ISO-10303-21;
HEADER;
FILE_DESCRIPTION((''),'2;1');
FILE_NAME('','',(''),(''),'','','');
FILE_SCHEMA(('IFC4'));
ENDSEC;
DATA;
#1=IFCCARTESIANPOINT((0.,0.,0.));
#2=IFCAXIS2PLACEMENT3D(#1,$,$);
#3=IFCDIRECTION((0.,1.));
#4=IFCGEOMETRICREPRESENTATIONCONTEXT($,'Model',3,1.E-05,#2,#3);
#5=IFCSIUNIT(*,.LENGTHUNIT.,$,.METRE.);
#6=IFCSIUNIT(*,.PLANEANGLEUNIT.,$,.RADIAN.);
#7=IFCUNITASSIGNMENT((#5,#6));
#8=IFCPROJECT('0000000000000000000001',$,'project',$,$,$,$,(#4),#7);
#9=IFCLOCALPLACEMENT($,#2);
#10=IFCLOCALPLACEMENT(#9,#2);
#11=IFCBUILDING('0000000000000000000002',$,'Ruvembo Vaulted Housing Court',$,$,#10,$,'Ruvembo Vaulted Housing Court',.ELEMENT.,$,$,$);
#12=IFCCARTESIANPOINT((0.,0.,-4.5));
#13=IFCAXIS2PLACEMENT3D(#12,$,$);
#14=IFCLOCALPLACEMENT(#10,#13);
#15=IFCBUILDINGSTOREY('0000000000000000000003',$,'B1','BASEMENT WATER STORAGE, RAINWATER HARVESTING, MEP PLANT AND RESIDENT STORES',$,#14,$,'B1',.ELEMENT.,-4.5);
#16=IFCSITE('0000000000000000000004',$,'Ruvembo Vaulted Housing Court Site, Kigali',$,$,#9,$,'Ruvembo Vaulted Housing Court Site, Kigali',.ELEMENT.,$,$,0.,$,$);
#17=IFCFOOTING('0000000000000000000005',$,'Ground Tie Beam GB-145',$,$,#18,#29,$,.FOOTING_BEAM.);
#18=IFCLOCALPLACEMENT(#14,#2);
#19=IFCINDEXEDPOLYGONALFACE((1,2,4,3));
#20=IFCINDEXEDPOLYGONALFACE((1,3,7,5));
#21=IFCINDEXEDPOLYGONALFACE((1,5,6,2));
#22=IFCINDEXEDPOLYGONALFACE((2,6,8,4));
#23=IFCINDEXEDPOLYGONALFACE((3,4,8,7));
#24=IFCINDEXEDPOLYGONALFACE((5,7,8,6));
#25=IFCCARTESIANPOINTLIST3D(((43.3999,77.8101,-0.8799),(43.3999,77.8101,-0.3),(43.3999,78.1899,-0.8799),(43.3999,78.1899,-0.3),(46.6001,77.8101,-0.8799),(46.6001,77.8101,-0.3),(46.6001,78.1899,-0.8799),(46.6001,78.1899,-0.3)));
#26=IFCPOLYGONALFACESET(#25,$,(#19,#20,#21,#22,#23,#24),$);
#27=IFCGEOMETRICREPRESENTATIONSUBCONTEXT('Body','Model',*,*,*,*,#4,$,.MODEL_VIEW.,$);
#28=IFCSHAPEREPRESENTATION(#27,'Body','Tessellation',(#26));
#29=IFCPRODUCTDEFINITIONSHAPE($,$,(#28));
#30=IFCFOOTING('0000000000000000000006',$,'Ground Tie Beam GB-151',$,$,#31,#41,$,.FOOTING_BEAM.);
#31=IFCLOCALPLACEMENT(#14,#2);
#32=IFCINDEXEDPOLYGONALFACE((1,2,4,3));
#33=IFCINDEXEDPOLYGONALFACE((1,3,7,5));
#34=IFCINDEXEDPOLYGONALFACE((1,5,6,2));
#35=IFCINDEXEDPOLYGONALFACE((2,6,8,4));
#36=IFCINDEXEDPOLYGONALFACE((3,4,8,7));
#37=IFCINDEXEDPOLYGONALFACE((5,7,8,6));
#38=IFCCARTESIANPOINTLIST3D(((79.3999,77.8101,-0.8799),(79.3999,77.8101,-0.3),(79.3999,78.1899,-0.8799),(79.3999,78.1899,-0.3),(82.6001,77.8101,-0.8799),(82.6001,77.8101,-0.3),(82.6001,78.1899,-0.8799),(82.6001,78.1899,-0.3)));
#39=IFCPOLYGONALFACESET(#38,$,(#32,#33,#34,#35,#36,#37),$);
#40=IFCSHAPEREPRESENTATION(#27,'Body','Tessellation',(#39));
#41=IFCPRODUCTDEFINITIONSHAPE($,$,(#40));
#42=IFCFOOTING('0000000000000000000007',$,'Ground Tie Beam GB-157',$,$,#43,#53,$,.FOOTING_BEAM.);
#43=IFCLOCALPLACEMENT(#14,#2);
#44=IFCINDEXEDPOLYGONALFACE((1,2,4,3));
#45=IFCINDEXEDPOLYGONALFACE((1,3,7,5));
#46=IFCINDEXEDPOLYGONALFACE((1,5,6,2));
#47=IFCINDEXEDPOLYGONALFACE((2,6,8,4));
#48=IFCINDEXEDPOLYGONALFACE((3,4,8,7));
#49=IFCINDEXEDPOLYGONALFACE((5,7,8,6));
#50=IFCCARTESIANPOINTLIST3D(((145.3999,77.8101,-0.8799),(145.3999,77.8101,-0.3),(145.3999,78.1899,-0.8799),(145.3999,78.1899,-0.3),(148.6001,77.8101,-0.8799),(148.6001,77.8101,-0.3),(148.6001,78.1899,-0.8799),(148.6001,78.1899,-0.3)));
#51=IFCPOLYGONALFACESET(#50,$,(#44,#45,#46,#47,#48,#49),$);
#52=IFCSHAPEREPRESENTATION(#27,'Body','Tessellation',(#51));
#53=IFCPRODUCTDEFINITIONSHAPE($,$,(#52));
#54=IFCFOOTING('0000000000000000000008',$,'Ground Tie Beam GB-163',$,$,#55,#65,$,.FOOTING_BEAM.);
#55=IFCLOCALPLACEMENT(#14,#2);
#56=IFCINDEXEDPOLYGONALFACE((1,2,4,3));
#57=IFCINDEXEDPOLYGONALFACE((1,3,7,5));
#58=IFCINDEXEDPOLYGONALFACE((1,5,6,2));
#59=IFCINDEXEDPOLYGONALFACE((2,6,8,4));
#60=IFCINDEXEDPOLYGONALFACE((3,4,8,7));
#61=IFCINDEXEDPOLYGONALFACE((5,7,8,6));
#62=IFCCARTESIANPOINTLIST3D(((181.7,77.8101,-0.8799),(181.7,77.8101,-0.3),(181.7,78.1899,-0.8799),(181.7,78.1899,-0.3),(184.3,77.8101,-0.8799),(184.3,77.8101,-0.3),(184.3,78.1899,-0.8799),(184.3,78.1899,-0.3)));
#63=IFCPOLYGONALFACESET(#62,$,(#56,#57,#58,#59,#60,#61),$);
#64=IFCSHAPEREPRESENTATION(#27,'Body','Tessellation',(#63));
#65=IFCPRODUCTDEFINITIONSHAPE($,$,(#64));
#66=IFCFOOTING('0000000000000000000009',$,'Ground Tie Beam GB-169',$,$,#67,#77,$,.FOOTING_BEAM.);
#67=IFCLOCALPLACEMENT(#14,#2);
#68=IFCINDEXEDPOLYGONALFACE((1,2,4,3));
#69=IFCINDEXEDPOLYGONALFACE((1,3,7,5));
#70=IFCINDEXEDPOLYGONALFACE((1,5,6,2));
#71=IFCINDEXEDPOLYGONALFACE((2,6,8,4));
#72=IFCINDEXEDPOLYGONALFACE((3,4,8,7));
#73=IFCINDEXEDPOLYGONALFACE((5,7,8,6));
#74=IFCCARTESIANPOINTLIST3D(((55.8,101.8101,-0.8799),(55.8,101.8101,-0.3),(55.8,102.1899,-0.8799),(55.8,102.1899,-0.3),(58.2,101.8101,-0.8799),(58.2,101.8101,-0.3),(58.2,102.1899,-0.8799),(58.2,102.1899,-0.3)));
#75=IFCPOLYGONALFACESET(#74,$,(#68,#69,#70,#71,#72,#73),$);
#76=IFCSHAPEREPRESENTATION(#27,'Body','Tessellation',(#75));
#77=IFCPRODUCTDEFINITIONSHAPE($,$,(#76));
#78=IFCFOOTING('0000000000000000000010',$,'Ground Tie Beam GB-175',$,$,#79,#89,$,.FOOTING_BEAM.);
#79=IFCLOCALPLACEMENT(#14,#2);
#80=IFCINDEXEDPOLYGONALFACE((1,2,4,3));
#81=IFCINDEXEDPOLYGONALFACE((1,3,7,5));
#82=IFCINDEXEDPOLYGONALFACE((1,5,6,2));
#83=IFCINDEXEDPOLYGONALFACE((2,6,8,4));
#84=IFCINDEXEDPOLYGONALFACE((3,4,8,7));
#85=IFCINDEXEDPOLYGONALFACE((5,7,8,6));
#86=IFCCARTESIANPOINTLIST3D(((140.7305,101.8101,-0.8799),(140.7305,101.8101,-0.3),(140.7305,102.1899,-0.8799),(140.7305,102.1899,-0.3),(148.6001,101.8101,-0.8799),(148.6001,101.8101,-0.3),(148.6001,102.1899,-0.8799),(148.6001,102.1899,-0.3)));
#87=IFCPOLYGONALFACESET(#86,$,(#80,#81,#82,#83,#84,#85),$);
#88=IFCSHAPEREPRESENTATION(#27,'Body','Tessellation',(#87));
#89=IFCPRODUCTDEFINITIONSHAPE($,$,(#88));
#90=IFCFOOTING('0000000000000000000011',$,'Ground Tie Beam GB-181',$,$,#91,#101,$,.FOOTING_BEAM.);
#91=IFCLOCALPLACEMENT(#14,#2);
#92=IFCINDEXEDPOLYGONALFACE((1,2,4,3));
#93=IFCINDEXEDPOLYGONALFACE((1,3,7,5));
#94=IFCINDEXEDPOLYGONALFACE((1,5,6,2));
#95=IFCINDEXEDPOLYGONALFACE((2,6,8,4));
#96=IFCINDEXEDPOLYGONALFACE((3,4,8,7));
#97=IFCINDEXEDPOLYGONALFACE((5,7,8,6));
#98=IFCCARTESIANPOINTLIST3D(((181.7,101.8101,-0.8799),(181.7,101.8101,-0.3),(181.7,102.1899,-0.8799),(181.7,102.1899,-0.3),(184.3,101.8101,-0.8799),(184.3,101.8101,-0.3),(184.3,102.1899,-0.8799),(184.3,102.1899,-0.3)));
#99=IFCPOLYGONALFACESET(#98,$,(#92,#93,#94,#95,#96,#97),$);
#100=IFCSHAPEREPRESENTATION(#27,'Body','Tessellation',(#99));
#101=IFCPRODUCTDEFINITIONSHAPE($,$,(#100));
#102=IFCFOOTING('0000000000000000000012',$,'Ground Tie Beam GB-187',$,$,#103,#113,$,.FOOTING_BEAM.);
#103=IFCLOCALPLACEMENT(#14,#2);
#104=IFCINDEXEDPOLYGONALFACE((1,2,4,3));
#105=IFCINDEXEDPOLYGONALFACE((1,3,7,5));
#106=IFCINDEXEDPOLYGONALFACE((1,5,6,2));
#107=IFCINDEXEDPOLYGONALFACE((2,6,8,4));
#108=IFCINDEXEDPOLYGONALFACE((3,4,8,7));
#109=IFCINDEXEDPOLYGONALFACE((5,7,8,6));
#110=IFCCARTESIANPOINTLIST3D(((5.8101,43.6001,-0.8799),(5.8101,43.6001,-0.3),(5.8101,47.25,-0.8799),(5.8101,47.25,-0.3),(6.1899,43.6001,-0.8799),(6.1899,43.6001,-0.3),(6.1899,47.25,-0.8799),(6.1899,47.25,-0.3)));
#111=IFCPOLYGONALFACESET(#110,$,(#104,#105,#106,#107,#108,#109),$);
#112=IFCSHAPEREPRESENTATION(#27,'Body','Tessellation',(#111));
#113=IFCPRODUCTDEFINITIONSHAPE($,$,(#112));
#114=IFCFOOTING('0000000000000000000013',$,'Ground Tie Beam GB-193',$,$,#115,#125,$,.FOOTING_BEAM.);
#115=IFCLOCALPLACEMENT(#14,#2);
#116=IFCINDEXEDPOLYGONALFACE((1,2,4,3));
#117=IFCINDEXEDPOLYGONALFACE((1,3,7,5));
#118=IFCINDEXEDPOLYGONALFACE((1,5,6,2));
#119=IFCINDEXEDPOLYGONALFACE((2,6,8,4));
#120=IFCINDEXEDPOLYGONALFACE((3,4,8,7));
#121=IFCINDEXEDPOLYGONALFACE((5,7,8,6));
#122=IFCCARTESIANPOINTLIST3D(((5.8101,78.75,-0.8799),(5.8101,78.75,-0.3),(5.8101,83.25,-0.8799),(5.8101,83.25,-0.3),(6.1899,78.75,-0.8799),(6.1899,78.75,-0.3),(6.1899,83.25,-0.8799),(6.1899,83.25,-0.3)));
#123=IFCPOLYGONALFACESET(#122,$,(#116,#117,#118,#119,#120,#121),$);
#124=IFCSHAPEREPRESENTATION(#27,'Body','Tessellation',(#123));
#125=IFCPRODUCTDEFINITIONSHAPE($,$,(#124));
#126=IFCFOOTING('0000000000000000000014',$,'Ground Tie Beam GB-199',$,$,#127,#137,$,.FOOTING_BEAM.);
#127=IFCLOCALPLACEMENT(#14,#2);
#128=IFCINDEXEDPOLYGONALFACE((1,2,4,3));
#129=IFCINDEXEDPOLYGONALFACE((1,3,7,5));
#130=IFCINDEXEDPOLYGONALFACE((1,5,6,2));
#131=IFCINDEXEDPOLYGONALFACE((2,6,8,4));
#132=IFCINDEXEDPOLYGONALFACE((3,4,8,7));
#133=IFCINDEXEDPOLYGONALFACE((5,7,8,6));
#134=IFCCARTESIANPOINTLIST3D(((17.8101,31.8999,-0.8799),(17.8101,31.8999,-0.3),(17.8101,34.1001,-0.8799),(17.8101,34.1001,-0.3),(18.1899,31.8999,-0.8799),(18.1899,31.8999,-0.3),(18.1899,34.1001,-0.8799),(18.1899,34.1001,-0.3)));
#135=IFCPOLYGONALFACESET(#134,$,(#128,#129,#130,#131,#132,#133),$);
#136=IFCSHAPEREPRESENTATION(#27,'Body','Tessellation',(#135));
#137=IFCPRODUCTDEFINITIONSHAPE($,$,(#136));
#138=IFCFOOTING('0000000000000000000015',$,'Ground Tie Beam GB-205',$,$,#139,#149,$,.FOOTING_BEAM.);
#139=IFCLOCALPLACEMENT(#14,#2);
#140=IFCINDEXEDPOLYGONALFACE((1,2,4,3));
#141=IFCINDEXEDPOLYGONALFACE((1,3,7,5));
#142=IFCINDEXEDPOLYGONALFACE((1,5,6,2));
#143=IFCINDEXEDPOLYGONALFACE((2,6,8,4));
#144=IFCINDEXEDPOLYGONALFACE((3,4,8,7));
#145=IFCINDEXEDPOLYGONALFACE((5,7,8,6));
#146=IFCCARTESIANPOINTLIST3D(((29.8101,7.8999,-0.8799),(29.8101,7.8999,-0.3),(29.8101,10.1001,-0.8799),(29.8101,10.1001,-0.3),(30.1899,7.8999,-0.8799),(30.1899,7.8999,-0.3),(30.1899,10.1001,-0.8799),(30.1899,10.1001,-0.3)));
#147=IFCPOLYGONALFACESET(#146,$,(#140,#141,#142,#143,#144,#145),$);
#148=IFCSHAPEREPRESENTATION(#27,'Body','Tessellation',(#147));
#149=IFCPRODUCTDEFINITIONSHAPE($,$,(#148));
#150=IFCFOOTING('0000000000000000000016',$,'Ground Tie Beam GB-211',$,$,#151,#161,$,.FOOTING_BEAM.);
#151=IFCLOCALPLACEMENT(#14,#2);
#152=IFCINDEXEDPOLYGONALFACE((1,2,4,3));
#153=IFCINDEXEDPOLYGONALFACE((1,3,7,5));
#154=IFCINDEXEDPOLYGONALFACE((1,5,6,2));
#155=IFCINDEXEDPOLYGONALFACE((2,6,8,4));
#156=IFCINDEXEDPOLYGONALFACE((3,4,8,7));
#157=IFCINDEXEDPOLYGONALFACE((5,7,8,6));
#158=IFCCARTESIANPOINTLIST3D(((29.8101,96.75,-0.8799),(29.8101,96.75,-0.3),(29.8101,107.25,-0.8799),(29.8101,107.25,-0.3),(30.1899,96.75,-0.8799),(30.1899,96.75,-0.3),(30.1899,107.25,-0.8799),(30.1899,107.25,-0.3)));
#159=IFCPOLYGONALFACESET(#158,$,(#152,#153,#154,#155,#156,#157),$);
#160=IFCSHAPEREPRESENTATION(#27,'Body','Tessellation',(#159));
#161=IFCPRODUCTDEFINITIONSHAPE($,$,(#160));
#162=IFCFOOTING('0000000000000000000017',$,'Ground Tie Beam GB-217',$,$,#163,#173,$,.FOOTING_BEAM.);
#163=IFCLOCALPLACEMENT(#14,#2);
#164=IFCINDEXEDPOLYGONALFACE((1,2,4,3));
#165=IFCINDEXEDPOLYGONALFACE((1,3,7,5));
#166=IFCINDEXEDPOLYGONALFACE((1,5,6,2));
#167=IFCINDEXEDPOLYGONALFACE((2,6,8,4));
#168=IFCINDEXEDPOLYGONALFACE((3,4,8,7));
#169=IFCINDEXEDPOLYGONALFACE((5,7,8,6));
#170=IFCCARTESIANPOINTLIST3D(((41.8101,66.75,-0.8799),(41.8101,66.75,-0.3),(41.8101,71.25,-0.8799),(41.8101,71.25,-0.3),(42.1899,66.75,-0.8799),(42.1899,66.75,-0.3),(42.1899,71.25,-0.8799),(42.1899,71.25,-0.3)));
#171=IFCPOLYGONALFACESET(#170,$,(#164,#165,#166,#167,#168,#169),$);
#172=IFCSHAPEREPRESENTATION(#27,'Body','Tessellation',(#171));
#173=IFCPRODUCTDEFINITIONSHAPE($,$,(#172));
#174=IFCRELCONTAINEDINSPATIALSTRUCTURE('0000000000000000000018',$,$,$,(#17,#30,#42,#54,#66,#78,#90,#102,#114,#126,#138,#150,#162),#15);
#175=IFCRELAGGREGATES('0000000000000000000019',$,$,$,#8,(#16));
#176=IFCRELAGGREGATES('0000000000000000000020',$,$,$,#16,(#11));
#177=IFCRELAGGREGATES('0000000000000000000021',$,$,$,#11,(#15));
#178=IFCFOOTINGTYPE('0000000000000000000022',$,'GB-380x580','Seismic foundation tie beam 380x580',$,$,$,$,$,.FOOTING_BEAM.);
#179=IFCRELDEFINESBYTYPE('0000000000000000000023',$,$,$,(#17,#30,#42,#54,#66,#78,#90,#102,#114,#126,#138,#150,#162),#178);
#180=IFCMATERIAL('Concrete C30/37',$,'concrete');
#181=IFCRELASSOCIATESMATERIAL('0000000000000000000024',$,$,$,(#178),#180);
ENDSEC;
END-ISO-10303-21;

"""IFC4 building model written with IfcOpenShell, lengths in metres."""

from ifc_helpers import new_model, si_unit, direction, frame, origin, place, context, subcontext, project, spatial, polyline, outline, extrude, material, type_object, element, save


model = new_model("IFC4")

# Units and contexts
model_context = context("Model", 3, precision=1e-05, world=origin(), true_north=direction((0.0, 1.0)))
body_context = subcontext(model_context, "Body", "Model", "MODEL_VIEW")
ifc_project = project(units=[si_unit("LENGTHUNIT", "METRE"), si_unit("PLANEANGLEUNIT", "RADIAN")], contexts=[model_context])

# Site, building, storey
site_placement = place(None, origin())
site = spatial("IfcSite", under=ifc_project, at=site_placement, Name="Ruvembo Vaulted Housing Court Site, Kigali", LongName="Ruvembo Vaulted Housing Court Site, Kigali", CompositionType="ELEMENT", RefElevation=0.0)
building_placement = place(site_placement, origin())
building = spatial("IfcBuilding", under=site, at=building_placement, Name="Ruvembo Vaulted Housing Court", LongName="Ruvembo Vaulted Housing Court", CompositionType="ELEMENT")
storey_placement = place(building_placement, frame((0.0, 0.0, -4.5)))
storey = spatial("IfcBuildingStorey", under=building, at=storey_placement, Name="B1", Description="BASEMENT WATER STORAGE, RAINWATER HARVESTING, MEP PLANT AND RESIDENT STORES", LongName="B1", CompositionType="ELEMENT", Elevation=-4.5)

# Footings
ifc_material = material(Name="Concrete C30/37", Category="concrete")
footing_type_1 = type_object("IfcFootingType", Name="GB-380x580", Description="Seismic foundation tie beam 380x580", PredefinedType="FOOTING_BEAM", material=ifc_material)
footing_1_placement = place(storey_placement, frame((0.0, 0.0, -0.8799)))
element("IfcFooting", 1, at=footing_1_placement, inside=storey, type_object=footing_type_1, Name="Ground Tie Beam GB-145", PredefinedType="FOOTING_BEAM", context=body_context, shape_type="SweptSolid", body=[
    extrude(outline(polyline([(43.3999, 77.8101), (46.6001, 77.8101), (46.6001, 78.1899), (43.3999, 78.1899), (43.3999, 77.8101)])), origin(), (0.0, 0.0, 1.0), 0.5798),
])
footing_2_placement = place(storey_placement, frame((0.0, 0.0, -0.8799)))
element("IfcFooting", 2, at=footing_2_placement, inside=storey, type_object=footing_type_1, Name="Ground Tie Beam GB-151", PredefinedType="FOOTING_BEAM", context=body_context, shape_type="SweptSolid", body=[
    extrude(outline(polyline([(79.3999, 77.8101), (82.6001, 77.8101), (82.6001, 78.1899), (79.3999, 78.1899), (79.3999, 77.8101)])), origin(), (0.0, 0.0, 1.0), 0.5798),
])
footing_3_placement = place(storey_placement, frame((0.0, 0.0, -0.8799)))
element("IfcFooting", 3, at=footing_3_placement, inside=storey, type_object=footing_type_1, Name="Ground Tie Beam GB-157", PredefinedType="FOOTING_BEAM", context=body_context, shape_type="SweptSolid", body=[
    extrude(outline(polyline([(145.3999, 77.8101), (148.6001, 77.8101), (148.6001, 78.1899), (145.3999, 78.1899), (145.3999, 77.8101)])), origin(), (0.0, 0.0, 1.0), 0.5798),
])
footing_4_placement = place(storey_placement, frame((0.0, 0.0, -0.8799)))
element("IfcFooting", 4, at=footing_4_placement, inside=storey, type_object=footing_type_1, Name="Ground Tie Beam GB-163", PredefinedType="FOOTING_BEAM", context=body_context, shape_type="SweptSolid", body=[
    extrude(outline(polyline([(181.7, 77.8101), (184.3, 77.8101), (184.3, 78.1899), (181.7, 78.1899), (181.7, 77.8101)])), origin(), (0.0, 0.0, 1.0), 0.5798),
])
footing_5_placement = place(storey_placement, frame((0.0, 0.0, -0.8799)))
element("IfcFooting", 5, at=footing_5_placement, inside=storey, type_object=footing_type_1, Name="Ground Tie Beam GB-169", PredefinedType="FOOTING_BEAM", context=body_context, shape_type="SweptSolid", body=[
    extrude(outline(polyline([(55.8, 101.8101), (58.2, 101.8101), (58.2, 102.1899), (55.8, 102.1899), (55.8, 101.8101)])), origin(), (0.0, 0.0, 1.0), 0.5798),
])
footing_6_placement = place(storey_placement, frame((0.0, 0.0, -0.8799)))
element("IfcFooting", 6, at=footing_6_placement, inside=storey, type_object=footing_type_1, Name="Ground Tie Beam GB-175", PredefinedType="FOOTING_BEAM", context=body_context, shape_type="SweptSolid", body=[
    extrude(outline(polyline([(140.7305, 101.8101), (148.6001, 101.8101), (148.6001, 102.1899), (140.7305, 102.1899), (140.7305, 101.8101)])), origin(), (0.0, 0.0, 1.0), 0.5798),
])
footing_7_placement = place(storey_placement, frame((0.0, 0.0, -0.8799)))
element("IfcFooting", 7, at=footing_7_placement, inside=storey, type_object=footing_type_1, Name="Ground Tie Beam GB-181", PredefinedType="FOOTING_BEAM", context=body_context, shape_type="SweptSolid", body=[
    extrude(outline(polyline([(181.7, 101.8101), (184.3, 101.8101), (184.3, 102.1899), (181.7, 102.1899), (181.7, 101.8101)])), origin(), (0.0, 0.0, 1.0), 0.5798),
])
footing_8_placement = place(storey_placement, frame((0.0, 0.0, -0.8799)))
element("IfcFooting", 8, at=footing_8_placement, inside=storey, type_object=footing_type_1, Name="Ground Tie Beam GB-187", PredefinedType="FOOTING_BEAM", context=body_context, shape_type="SweptSolid", body=[
    extrude(outline(polyline([(5.8101, 43.6001), (6.1899, 43.6001), (6.1899, 47.25), (5.8101, 47.25), (5.8101, 43.6001)])), origin(), (0.0, 0.0, 1.0), 0.5798),
])
footing_9_placement = place(storey_placement, frame((0.0, 0.0, -0.8799)))
element("IfcFooting", 9, at=footing_9_placement, inside=storey, type_object=footing_type_1, Name="Ground Tie Beam GB-193", PredefinedType="FOOTING_BEAM", context=body_context, shape_type="SweptSolid", body=[
    extrude(outline(polyline([(5.8101, 78.75), (6.1899, 78.75), (6.1899, 83.25), (5.8101, 83.25), (5.8101, 78.75)])), origin(), (0.0, 0.0, 1.0), 0.5798),
])
footing_10_placement = place(storey_placement, frame((0.0, 0.0, -0.8799)))
element("IfcFooting", 10, at=footing_10_placement, inside=storey, type_object=footing_type_1, Name="Ground Tie Beam GB-199", PredefinedType="FOOTING_BEAM", context=body_context, shape_type="SweptSolid", body=[
    extrude(outline(polyline([(17.8101, 31.8999), (18.1899, 31.8999), (18.1899, 34.1001), (17.8101, 34.1001), (17.8101, 31.8999)])), origin(), (0.0, 0.0, 1.0), 0.5798),
])
footing_11_placement = place(storey_placement, frame((0.0, 0.0, -0.8799)))
element("IfcFooting", 11, at=footing_11_placement, inside=storey, type_object=footing_type_1, Name="Ground Tie Beam GB-205", PredefinedType="FOOTING_BEAM", context=body_context, shape_type="SweptSolid", body=[
    extrude(outline(polyline([(29.8101, 7.8999), (30.1899, 7.8999), (30.1899, 10.1001), (29.8101, 10.1001), (29.8101, 7.8999)])), origin(), (0.0, 0.0, 1.0), 0.5798),
])
footing_12_placement = place(storey_placement, frame((0.0, 0.0, -0.8799)))
element("IfcFooting", 12, at=footing_12_placement, inside=storey, type_object=footing_type_1, Name="Ground Tie Beam GB-211", PredefinedType="FOOTING_BEAM", context=body_context, shape_type="SweptSolid", body=[
    extrude(outline(polyline([(29.8101, 96.75), (30.1899, 96.75), (30.1899, 107.25), (29.8101, 107.25), (29.8101, 96.75)])), origin(), (0.0, 0.0, 1.0), 0.5798),
])
footing_13_placement = place(storey_placement, frame((0.0, 0.0, -0.8799)))
element("IfcFooting", 13, at=footing_13_placement, inside=storey, type_object=footing_type_1, Name="Ground Tie Beam GB-217", PredefinedType="FOOTING_BEAM", context=body_context, shape_type="SweptSolid", body=[
    extrude(outline(polyline([(41.8101, 66.75), (42.1899, 66.75), (42.1899, 71.25), (41.8101, 71.25), (41.8101, 66.75)])), origin(), (0.0, 0.0, 1.0), 0.5798),
])

save(model, "model.ifc")
